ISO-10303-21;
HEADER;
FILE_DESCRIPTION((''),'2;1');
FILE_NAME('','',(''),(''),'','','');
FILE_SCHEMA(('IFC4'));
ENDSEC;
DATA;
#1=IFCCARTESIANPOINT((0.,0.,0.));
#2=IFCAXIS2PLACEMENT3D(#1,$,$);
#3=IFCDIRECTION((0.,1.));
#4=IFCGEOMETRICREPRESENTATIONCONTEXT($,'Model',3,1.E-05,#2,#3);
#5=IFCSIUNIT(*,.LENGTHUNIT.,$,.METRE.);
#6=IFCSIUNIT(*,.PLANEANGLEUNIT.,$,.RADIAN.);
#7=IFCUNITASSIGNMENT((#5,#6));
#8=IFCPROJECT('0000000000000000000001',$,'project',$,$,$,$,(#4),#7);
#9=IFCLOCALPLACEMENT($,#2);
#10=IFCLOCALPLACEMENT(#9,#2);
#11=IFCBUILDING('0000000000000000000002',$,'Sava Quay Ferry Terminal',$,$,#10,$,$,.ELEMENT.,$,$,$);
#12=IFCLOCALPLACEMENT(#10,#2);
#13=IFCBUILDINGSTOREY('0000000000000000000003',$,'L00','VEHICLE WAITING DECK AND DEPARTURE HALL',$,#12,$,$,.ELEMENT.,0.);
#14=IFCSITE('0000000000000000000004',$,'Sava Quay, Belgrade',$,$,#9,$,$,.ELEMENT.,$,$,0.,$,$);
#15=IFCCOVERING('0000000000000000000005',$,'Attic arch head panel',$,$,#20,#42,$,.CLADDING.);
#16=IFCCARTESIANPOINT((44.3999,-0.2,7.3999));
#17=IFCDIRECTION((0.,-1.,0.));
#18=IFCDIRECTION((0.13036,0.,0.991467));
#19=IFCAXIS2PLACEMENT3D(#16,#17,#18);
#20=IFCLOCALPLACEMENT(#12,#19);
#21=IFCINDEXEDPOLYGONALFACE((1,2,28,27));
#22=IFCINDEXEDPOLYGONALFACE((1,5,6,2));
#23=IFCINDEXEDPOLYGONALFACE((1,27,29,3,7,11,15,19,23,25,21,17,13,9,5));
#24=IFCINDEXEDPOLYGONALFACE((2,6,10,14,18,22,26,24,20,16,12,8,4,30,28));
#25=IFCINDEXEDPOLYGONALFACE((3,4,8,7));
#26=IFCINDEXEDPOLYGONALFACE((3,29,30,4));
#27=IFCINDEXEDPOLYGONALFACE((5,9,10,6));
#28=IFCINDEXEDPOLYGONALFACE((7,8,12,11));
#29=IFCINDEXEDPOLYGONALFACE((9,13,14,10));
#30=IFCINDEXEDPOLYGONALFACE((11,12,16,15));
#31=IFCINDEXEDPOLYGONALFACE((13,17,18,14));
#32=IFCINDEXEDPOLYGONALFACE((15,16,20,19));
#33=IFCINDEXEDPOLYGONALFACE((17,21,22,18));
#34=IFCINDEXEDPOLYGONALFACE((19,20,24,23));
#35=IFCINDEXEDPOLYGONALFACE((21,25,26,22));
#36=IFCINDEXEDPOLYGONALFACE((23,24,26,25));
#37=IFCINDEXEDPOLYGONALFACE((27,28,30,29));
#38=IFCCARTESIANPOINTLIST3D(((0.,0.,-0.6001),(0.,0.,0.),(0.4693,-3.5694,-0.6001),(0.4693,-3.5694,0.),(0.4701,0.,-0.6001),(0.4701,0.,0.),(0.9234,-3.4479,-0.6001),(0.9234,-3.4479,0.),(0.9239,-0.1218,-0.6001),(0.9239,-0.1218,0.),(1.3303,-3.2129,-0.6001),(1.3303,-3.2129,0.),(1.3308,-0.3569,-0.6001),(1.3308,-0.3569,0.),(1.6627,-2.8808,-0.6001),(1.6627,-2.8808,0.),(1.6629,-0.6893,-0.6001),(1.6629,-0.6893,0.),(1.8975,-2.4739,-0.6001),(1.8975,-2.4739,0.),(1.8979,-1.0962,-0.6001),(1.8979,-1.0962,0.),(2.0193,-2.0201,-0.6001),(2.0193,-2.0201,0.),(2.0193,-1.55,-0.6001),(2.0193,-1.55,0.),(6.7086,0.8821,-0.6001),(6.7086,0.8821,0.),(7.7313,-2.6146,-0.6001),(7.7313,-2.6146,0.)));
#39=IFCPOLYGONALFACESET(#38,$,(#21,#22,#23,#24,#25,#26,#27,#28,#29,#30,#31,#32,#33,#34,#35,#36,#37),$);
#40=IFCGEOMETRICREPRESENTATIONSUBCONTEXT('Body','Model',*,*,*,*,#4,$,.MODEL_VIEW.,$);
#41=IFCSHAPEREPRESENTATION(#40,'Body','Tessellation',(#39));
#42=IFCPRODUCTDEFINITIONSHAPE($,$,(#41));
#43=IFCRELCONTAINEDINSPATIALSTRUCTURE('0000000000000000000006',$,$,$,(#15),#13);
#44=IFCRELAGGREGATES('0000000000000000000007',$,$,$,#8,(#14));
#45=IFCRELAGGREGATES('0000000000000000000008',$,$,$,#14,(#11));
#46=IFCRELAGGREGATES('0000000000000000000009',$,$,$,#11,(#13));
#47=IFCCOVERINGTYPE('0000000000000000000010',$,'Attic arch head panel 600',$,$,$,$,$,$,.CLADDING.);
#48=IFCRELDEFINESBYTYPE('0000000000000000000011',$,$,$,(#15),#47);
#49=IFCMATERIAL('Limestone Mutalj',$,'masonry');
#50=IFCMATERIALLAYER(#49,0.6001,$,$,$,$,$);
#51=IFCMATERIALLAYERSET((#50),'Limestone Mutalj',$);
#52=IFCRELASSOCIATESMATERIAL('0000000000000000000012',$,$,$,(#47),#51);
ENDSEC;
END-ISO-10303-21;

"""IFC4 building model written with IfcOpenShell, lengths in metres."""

from ifc_helpers import new_model, si_unit, direction, frame, origin, place, context, subcontext, project, spatial, polyline, outline, extrude, material, layer, layer_set, type_object, element, save


model = new_model("IFC4")

# Units and contexts
model_context = context("Model", 3, precision=1e-05, world=origin(), true_north=direction((0.0, 1.0)))
body_context = subcontext(model_context, "Body", "Model", "MODEL_VIEW")
ifc_project = project(units=[si_unit("LENGTHUNIT", "METRE"), si_unit("PLANEANGLEUNIT", "RADIAN")], contexts=[model_context])

# Site, building, storey
site_placement = place(None, origin())
site = spatial("IfcSite", under=ifc_project, at=site_placement, Name="Sava Quay, Belgrade", CompositionType="ELEMENT", RefElevation=0.0)
building_placement = place(site_placement, origin())
building = spatial("IfcBuilding", under=site, at=building_placement, Name="Sava Quay Ferry Terminal", CompositionType="ELEMENT")
storey_placement = place(building_placement, origin())
storey = spatial("IfcBuildingStorey", under=building, at=storey_placement, Name="L00", Description="VEHICLE WAITING DECK AND DEPARTURE HALL", CompositionType="ELEMENT", Elevation=0.0)

# Covering
ifc_material_1 = material(Name="Limestone Mutalj", Category="masonry")
ifc_layer_1 = layer(ifc_material_1, 0.6001)
ifc_layer_set_1 = layer_set([ifc_layer_1], Name="Limestone Mutalj")
covering_type_1 = type_object("IfcCoveringType", Name="Attic arch head panel 600", PredefinedType="CLADDING", material=ifc_layer_set_1)
covering_1_placement = place(storey_placement, frame((44.3999, -0.2, 7.3999), z_axis=(0.0, -1.0, 0.0), x_axis=(0.13036, 0.0, 0.991467)))
element("IfcCovering", 1, at=covering_1_placement, inside=storey, type_object=covering_type_1, Name="Attic arch head panel", PredefinedType="CLADDING", context=body_context, shape_type="SweptSolid", body=[
    extrude(outline(polyline([(0.0, 0.0), (0.4701, 0.0), (0.9239, -0.1218), (1.3308, -0.3569), (1.6629, -0.6893), (1.8979, -1.0962), (2.0193, -1.55), (2.0193, -2.0201), (1.8975, -2.4739), (1.6627, -2.8808), (1.3303, -3.2129), (0.9234, -3.4479), (0.4693, -3.5694), (7.7313, -2.6146), (6.7086, 0.8821), (0.0, 0.0)])), origin(), (0.0, 0.0, -1.0), 0.6001),
])

save(model, "model.ifc")
